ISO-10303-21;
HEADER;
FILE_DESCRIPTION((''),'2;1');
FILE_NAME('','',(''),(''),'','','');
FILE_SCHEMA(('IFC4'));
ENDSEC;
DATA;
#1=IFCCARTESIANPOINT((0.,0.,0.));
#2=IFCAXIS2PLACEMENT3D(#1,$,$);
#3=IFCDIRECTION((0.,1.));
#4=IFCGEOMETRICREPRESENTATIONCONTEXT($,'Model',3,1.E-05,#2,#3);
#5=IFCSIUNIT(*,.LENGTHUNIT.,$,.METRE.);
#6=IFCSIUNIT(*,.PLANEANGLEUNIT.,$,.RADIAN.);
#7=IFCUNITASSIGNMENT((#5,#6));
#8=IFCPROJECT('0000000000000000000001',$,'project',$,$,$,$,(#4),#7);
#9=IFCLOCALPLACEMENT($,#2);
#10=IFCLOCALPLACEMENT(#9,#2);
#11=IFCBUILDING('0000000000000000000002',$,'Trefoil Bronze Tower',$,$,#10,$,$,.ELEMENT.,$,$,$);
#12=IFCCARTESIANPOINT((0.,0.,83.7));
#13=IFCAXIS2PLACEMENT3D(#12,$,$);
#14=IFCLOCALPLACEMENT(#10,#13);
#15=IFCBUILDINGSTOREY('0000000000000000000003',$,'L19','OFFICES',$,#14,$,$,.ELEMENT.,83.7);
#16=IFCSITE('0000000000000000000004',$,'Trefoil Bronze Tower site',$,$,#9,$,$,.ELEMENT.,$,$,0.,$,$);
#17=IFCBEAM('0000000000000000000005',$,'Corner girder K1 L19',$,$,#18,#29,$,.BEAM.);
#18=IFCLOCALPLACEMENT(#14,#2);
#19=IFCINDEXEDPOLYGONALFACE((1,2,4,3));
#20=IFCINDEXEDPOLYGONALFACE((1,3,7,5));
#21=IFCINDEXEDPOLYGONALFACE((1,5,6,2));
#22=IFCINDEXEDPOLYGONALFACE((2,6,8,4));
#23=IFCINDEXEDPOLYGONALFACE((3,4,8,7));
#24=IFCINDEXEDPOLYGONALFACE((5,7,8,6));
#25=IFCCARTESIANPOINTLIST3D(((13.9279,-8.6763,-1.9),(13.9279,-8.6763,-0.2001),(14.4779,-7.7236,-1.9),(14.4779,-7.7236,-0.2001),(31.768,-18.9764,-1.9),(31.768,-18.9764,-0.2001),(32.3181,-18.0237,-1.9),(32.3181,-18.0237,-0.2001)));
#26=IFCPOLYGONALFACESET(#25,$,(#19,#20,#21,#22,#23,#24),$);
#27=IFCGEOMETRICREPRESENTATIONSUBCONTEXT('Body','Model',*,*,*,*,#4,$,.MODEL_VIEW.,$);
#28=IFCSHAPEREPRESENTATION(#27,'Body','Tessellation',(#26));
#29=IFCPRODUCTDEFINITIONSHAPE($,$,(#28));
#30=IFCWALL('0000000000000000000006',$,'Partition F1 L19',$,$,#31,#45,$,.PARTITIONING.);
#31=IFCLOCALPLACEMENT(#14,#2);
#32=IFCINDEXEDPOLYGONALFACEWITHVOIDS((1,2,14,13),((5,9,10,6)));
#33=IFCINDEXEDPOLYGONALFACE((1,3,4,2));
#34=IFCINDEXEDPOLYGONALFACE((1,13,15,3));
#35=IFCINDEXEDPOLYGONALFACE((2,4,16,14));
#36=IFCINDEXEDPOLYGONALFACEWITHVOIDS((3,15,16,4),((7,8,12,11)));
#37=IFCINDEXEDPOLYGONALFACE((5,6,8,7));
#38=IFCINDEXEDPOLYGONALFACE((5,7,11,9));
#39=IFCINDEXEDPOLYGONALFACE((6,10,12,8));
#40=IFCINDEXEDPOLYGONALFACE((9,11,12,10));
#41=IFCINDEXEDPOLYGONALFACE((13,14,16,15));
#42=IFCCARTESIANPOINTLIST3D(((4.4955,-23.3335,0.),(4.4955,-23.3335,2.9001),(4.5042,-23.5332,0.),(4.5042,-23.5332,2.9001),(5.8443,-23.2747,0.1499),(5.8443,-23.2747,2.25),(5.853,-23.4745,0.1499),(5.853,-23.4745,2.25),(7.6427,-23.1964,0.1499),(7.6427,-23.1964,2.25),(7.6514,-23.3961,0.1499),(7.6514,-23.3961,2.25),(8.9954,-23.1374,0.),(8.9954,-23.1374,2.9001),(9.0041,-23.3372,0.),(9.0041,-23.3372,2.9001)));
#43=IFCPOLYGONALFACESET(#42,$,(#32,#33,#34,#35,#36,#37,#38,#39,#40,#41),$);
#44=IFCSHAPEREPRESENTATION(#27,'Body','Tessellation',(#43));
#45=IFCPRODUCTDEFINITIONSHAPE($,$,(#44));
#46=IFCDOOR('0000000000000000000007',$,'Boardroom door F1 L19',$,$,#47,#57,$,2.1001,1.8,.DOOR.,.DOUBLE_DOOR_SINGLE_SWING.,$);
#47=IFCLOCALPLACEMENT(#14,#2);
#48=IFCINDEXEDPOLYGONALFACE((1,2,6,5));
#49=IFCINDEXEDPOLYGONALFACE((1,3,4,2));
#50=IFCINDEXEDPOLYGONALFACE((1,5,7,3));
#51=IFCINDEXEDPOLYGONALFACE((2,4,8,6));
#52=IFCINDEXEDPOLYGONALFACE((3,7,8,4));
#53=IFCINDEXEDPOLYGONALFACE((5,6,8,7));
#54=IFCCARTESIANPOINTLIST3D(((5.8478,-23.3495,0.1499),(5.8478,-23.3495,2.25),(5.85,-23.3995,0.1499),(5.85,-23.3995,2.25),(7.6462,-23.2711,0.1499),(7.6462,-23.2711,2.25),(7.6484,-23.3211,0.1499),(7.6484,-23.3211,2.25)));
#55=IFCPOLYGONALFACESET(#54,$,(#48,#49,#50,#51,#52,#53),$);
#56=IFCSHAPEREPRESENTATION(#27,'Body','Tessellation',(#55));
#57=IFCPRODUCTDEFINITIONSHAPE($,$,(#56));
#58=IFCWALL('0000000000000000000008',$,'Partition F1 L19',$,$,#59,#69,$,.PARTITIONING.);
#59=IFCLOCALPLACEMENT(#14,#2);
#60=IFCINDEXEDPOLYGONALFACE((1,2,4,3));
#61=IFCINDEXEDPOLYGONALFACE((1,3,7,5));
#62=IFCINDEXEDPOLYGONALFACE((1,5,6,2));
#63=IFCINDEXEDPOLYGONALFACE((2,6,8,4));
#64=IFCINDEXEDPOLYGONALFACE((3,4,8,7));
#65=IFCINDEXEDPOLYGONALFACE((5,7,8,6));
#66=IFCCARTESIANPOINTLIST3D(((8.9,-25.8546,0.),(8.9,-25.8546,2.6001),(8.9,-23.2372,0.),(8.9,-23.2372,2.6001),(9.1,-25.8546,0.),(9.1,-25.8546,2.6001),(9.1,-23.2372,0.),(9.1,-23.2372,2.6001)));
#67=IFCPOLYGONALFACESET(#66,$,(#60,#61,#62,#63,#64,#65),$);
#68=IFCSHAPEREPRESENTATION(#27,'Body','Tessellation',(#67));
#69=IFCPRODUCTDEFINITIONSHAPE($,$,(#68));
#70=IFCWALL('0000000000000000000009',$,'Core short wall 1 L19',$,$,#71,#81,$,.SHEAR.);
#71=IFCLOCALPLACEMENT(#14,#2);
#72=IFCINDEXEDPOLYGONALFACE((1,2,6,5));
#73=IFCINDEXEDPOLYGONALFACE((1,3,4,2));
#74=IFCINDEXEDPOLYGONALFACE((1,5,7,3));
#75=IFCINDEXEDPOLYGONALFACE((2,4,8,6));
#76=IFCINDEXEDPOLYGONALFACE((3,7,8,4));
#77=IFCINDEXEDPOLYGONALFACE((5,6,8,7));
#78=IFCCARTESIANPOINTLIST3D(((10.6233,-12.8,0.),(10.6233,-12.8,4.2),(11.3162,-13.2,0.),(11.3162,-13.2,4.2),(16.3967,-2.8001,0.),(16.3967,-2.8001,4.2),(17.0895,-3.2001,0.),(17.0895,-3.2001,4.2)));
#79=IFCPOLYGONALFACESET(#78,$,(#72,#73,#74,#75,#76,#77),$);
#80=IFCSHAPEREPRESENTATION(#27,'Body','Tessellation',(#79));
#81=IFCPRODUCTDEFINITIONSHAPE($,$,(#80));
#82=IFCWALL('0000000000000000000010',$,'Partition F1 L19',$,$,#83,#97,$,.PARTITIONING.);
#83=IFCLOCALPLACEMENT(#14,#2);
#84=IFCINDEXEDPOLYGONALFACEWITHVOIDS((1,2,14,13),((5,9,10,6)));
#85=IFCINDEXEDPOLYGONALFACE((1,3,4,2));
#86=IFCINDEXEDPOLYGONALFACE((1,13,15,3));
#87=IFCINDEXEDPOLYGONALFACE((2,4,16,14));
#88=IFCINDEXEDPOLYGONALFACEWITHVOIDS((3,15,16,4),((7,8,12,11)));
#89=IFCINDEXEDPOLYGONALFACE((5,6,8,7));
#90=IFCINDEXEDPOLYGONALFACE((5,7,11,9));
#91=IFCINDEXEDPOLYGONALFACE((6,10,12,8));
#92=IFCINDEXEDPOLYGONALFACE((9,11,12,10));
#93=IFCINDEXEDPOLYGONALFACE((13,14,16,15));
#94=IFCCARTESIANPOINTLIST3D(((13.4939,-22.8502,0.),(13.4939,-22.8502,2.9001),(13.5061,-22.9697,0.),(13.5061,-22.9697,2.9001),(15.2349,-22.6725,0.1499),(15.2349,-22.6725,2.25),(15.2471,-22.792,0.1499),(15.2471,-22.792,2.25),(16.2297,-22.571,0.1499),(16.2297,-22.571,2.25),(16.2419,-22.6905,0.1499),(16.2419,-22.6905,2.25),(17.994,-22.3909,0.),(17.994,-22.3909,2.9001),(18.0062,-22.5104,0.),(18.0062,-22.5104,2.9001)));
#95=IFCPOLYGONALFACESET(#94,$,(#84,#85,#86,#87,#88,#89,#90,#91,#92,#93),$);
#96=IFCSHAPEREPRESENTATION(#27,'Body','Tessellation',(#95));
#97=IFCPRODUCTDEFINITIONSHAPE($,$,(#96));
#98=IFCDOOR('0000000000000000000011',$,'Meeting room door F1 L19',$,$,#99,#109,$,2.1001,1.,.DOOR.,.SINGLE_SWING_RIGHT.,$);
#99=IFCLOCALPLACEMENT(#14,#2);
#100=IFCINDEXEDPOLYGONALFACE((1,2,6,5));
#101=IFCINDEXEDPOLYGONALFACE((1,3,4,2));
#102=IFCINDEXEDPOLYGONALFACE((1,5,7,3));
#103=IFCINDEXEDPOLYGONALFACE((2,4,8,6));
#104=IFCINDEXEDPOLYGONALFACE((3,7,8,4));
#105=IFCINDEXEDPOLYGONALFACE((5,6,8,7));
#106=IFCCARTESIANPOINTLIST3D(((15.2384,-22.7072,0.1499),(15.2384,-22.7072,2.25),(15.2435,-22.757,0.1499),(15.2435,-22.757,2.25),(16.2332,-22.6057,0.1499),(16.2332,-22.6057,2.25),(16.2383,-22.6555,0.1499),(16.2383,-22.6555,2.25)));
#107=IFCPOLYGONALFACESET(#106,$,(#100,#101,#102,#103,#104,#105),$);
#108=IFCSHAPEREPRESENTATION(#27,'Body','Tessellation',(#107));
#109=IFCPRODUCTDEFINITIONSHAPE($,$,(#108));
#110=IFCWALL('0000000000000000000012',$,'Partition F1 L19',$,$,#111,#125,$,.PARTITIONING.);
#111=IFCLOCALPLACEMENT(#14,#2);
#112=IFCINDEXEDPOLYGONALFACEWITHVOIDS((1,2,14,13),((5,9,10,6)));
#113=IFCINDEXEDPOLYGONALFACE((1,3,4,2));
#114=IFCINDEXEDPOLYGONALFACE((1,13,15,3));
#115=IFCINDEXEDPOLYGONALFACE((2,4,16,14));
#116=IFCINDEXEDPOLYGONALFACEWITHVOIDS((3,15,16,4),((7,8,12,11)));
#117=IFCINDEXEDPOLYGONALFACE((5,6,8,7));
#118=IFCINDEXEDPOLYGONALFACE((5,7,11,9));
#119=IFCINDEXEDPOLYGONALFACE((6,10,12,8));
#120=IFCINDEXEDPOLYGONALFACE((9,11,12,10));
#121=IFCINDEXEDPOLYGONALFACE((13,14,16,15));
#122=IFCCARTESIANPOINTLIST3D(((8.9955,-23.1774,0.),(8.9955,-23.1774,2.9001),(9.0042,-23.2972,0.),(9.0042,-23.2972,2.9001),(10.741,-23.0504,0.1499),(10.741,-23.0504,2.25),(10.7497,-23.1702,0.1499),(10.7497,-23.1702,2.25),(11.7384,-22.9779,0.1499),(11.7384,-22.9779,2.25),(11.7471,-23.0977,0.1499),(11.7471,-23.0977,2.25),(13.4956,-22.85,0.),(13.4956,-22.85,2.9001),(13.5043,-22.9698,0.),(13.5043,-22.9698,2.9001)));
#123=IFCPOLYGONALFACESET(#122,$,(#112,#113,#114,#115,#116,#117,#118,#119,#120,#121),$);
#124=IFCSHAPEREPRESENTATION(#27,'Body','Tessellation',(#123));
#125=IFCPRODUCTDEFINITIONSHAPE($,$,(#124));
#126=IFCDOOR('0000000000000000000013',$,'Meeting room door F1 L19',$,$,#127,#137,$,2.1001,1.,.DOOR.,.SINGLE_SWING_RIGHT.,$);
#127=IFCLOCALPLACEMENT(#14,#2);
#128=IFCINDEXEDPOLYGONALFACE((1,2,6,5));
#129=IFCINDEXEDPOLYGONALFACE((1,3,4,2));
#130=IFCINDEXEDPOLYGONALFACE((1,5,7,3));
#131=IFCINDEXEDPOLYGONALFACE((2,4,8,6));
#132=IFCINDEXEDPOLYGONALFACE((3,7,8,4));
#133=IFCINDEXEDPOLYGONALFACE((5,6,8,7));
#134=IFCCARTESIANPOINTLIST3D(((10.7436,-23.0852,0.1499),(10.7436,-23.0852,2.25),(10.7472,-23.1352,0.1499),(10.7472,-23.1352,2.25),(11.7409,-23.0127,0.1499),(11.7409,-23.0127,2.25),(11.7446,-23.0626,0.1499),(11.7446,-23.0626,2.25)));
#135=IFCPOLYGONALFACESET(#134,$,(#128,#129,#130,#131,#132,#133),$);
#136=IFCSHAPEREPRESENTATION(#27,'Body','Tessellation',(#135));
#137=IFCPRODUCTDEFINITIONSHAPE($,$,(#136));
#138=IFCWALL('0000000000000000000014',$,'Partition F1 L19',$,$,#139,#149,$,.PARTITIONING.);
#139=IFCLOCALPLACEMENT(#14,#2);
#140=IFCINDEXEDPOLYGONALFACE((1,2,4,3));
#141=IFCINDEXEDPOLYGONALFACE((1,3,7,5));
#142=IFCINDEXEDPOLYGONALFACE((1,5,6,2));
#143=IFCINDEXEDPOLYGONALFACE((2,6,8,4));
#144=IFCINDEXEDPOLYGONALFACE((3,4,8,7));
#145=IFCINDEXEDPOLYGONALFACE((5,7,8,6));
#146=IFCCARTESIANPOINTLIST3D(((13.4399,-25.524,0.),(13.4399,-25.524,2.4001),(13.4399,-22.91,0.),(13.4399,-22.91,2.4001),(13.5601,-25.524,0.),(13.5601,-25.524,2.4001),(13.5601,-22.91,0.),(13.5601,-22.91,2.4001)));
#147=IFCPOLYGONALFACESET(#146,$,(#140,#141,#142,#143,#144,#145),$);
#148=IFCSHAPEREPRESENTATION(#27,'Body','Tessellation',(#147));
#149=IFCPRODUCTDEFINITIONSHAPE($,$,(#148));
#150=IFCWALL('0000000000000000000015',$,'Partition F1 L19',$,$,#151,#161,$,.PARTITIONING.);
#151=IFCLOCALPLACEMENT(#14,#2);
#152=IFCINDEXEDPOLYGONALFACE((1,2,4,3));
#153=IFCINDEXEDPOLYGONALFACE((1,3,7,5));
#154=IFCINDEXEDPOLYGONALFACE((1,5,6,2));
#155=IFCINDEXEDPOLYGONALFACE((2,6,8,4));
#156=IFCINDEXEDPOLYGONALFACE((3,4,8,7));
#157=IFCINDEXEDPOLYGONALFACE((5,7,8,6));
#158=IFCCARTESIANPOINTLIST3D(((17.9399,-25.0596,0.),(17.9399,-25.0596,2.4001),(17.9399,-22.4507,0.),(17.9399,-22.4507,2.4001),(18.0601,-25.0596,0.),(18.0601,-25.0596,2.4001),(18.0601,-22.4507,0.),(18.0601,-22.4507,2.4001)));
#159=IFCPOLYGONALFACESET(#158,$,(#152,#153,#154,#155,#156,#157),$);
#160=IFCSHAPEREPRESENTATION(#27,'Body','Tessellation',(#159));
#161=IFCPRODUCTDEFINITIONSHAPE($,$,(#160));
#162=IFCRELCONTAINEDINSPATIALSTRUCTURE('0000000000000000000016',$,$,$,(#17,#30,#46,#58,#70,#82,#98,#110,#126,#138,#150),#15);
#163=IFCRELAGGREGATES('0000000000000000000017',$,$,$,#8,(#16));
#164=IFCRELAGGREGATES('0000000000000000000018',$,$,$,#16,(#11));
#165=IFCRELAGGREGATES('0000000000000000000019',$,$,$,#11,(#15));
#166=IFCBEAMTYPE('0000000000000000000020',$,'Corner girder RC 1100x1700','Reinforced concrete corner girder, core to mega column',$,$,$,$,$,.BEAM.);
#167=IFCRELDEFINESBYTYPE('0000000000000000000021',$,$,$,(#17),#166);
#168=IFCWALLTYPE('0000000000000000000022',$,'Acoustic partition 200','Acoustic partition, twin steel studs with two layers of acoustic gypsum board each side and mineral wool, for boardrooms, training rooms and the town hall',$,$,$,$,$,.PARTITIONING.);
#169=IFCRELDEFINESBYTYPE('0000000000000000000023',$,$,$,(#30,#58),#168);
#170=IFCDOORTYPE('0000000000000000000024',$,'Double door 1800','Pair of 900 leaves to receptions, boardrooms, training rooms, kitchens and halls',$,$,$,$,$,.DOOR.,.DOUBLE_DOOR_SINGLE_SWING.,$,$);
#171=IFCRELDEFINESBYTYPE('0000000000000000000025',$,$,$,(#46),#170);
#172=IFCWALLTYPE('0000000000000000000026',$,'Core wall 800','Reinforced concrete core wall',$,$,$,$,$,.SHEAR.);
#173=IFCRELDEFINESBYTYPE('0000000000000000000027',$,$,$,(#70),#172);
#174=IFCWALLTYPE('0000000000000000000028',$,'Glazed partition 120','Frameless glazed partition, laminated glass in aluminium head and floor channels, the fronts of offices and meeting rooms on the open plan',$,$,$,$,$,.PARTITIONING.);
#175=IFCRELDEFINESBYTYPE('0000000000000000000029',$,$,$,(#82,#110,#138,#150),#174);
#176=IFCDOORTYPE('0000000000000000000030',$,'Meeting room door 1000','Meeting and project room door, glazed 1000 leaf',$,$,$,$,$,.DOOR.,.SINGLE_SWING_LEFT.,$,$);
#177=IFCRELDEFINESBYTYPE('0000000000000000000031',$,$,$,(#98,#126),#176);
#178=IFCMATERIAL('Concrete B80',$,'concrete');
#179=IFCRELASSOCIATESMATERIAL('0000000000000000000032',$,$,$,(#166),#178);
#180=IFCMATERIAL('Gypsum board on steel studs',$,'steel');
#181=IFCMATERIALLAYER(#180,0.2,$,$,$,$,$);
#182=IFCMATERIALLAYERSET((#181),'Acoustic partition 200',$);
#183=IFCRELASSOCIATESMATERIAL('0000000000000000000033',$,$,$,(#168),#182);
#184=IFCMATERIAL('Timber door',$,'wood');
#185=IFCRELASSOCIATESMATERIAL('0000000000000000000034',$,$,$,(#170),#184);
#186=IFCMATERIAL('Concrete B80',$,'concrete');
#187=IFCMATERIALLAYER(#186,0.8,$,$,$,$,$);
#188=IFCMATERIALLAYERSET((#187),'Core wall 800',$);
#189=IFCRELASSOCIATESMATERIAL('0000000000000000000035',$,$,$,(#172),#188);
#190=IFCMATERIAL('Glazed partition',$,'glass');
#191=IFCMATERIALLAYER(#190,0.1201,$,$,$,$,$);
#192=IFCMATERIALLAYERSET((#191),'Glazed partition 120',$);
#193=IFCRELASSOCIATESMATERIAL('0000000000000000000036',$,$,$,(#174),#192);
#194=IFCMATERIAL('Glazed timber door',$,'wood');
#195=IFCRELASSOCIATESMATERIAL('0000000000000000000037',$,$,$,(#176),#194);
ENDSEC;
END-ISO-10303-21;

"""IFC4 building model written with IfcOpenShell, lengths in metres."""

from ifc_helpers import new_model, si_unit, direction, frame, frame_2d, origin, origin_2d, place, context, subcontext, project, spatial, rectangle, extrude, material, layer, layer_set, material_profile, profile_set, type_object, element, fill, save


model = new_model("IFC4")

# Units and contexts
model_context = context("Model", 3, precision=1e-05, world=origin(), true_north=direction((0.0, 1.0)))
body_context = subcontext(model_context, "Body", "Model", "MODEL_VIEW")
ifc_project = project(units=[si_unit("LENGTHUNIT", "METRE"), si_unit("PLANEANGLEUNIT", "RADIAN")], contexts=[model_context])

# Site, building, storey
site_placement = place(None, origin())
site = spatial("IfcSite", under=ifc_project, at=site_placement, Name="Trefoil Bronze Tower site", CompositionType="ELEMENT", RefElevation=0.0)
building_placement = place(site_placement, origin())
building = spatial("IfcBuilding", under=site, at=building_placement, Name="Trefoil Bronze Tower", CompositionType="ELEMENT")
storey_placement = place(building_placement, frame((0.0, 0.0, 83.7)))
storey = spatial("IfcBuildingStorey", under=building, at=storey_placement, Name="L19", Description="OFFICES", CompositionType="ELEMENT", Elevation=83.7)

# Beam
ifc_material_1 = material(Name="Concrete B80", Category="concrete")
ifc_material_profile_1 = material_profile(ifc_material_1, rectangle(XDim=1.1001, YDim=1.7, at=origin_2d()), Name="RC 1100x1700")
ifc_profile_set_1 = profile_set([ifc_material_profile_1], Name="Concrete B80")
beam_type_1 = type_object("IfcBeamType", Name="Corner girder RC 1100x1700", Description="Reinforced concrete corner girder, core to mega column", PredefinedType="BEAM", material=ifc_profile_set_1)
beam_placement = place(storey_placement, frame((14.2029, -8.2, -1.05), z_axis=(0.866024, -0.500003, 0.0), x_axis=(0.500003, 0.866024, 0.0)))
element("IfcBeam", 1, at=beam_placement, inside=storey, type_object=beam_type_1, Name="Corner girder K1 L19", PredefinedType="BEAM", context=body_context, shape_type="SweptSolid", body=[
    extrude(rectangle(XDim=1.1001, YDim=1.7, at=origin_2d()), origin(), (0.0, 0.0, 1.0), 20.6001),
])

# Wall, opening, door
ifc_material_2 = material(Name="Gypsum board on steel studs", Category="steel")
ifc_layer_1 = layer(ifc_material_2, 0.2)
ifc_layer_set_1 = layer_set([ifc_layer_1], Name="Acoustic partition 200")
wall_type_1 = type_object("IfcWallType", Name="Acoustic partition 200", Description="Acoustic partition, twin steel studs with two layers of acoustic gypsum board each side and mineral wool, for boardrooms, training rooms and the town hall", PredefinedType="PARTITIONING", material=ifc_layer_set_1)
wall_1_placement = place(storey_placement, frame((4.5, -23.4333, 0.0), z_axis=(0.0, 0.0, 1.0), x_axis=(0.999052, 0.043524, 0.0)))
wall_1 = element("IfcWall", 2, at=wall_1_placement, inside=storey, type_object=wall_type_1, Name="Partition F1 L19", PredefinedType="PARTITIONING", context=body_context, shape_type="SweptSolid", body=[
    extrude(rectangle(XDim=4.5042, YDim=0.2, at=frame_2d((2.252, 0.0))), origin(), (0.0, 0.0, 1.0), 2.9001),
])
opening_1_placement = place(wall_1_placement, frame((1.3501, 0.0, 0.1499)))
opening_1 = element("IfcOpeningElement", 3, at=opening_1_placement, cuts=wall_1, PredefinedType="OPENING", context=body_context, shape_type="SweptSolid", body=[
    extrude(rectangle(XDim=1.8, YDim=2.1001, at=frame_2d((0.8999, 1.05))), frame((0.0, 0.1099, 0.0), z_axis=(0.0, -1.0, 0.0), x_axis=(1.0, 0.0, 0.0)), (0.0, 0.0, 1.0), 0.22),
])
ifc_material_3 = material(Name="Timber door", Category="wood")
door_type_1 = type_object("IfcDoorType", Name="Double door 1800", Description="Pair of 900 leaves to receptions, boardrooms, training rooms, kitchens and halls", OperationType="DOUBLE_DOOR_SINGLE_SWING", PredefinedType="DOOR", material=ifc_material_3)
door_1_placement = place(opening_1_placement, frame((1.8, 0.0, 0.0), z_axis=(0.0, 0.0, 1.0), x_axis=(-1.0, 0.0, 0.0)))
door_1 = element("IfcDoor", 4, at=door_1_placement, inside=storey, type_object=door_type_1, Name="Boardroom door F1 L19", OperationType="DOUBLE_DOOR_SINGLE_SWING", OverallHeight=2.1001, OverallWidth=1.8, PredefinedType="DOOR", context=body_context, shape_type="SweptSolid", body=[
    extrude(rectangle(XDim=1.8, YDim=2.1001, at=frame_2d((0.8999, 1.05))), frame((0.0, 0.0249, 0.0), z_axis=(0.0, -1.0, 0.0), x_axis=(1.0, 0.0, 0.0)), (0.0, 0.0, 1.0), 0.05),
])
fill(opening_1, door_1)

# Walls
wall_2_placement = place(storey_placement, frame((9.0, -23.2373, 0.0), z_axis=(0.0, 0.0, 1.0), x_axis=(0.0, -1.0, 0.0)))
element("IfcWall", 5, at=wall_2_placement, inside=storey, type_object=wall_type_1, Name="Partition F1 L19", PredefinedType="PARTITIONING", context=body_context, shape_type="SweptSolid", body=[
    extrude(rectangle(XDim=2.6174, YDim=0.2, at=frame_2d((1.3086, 0.0))), origin(), (0.0, 0.0, 1.0), 2.6001),
])
ifc_material_4 = material(Name="Concrete B80", Category="concrete")
ifc_layer_2 = layer(ifc_material_4, 0.8)
ifc_layer_set_2 = layer_set([ifc_layer_2], Name="Core wall 800")
wall_type_2 = type_object("IfcWallType", Name="Core wall 800", Description="Reinforced concrete core wall", PredefinedType="SHEAR", material=ifc_layer_set_2)
wall_3_placement = place(storey_placement, frame((10.9697, -13.0, 0.0), z_axis=(0.0, 0.0, 1.0), x_axis=(0.499996, 0.866028, 0.0)))
element("IfcWall", 6, at=wall_3_placement, inside=storey, type_object=wall_type_2, Name="Core short wall 1 L19", PredefinedType="SHEAR", context=body_context, shape_type="SweptSolid", body=[
    extrude(rectangle(XDim=11.5469, YDim=0.8, at=frame_2d((5.7734, 0.0))), origin(), (0.0, 0.0, 1.0), 4.2),
])

# Walls, openings, doors
ifc_material_5 = material(Name="Glazed partition", Category="glass")
ifc_layer_3 = layer(ifc_material_5, 0.1201)
ifc_layer_set_3 = layer_set([ifc_layer_3], Name="Glazed partition 120")
wall_type_3 = type_object("IfcWallType", Name="Glazed partition 120", Description="Frameless glazed partition, laminated glass in aluminium head and floor channels, the fronts of offices and meeting rooms on the open plan", PredefinedType="PARTITIONING", material=ifc_layer_set_3)
wall_4_placement = place(storey_placement, frame((13.5, -22.9099, 0.0), z_axis=(0.0, 0.0, 1.0), x_axis=(0.994833, 0.101523, 0.0)))
wall_4 = element("IfcWall", 7, at=wall_4_placement, inside=storey, type_object=wall_type_3, Name="Partition F1 L19", PredefinedType="PARTITIONING", context=body_context, shape_type="SweptSolid", body=[
    extrude(rectangle(XDim=4.5234, YDim=0.1201, at=frame_2d((2.2617, 0.0))), origin(), (0.0, 0.0, 1.0), 2.9001),
])
opening_2_placement = place(wall_4_placement, frame((1.75, 0.0, 0.1499)))
opening_2 = element("IfcOpeningElement", 8, at=opening_2_placement, cuts=wall_4, PredefinedType="OPENING", context=body_context, shape_type="SweptSolid", body=[
    extrude(rectangle(XDim=1.0, YDim=2.1001, at=frame_2d((0.5, 1.05))), frame((0.0, 0.0701, 0.0), z_axis=(0.0, -1.0, 0.0), x_axis=(1.0, 0.0, 0.0)), (0.0, 0.0, 1.0), 0.1401),
])
ifc_material_6 = material(Name="Glazed timber door", Category="wood")
door_type_2 = type_object("IfcDoorType", Name="Meeting room door 1000", Description="Meeting and project room door, glazed 1000 leaf", OperationType="SINGLE_SWING_LEFT", PredefinedType="DOOR", material=ifc_material_6)
door_2_placement = place(opening_2_placement, frame((1.0, 0.0, 0.0), z_axis=(0.0, 0.0, 1.0), x_axis=(-1.0, 0.0, 0.0)))
door_2 = element("IfcDoor", 9, at=door_2_placement, inside=storey, type_object=door_type_2, Name="Meeting room door F1 L19", OperationType="SINGLE_SWING_RIGHT", OverallHeight=2.1001, OverallWidth=1.0, PredefinedType="DOOR", context=body_context, shape_type="SweptSolid", body=[
    extrude(rectangle(XDim=1.0, YDim=2.1001, at=frame_2d((0.5, 1.05))), frame((0.0, 0.0249, 0.0), z_axis=(0.0, -1.0, 0.0), x_axis=(1.0, 0.0, 0.0)), (0.0, 0.0, 1.0), 0.05),
])
fill(opening_2, door_2)
wall_5_placement = place(storey_placement, frame((9.0, -23.2373, 0.0), z_axis=(0.0, 0.0, 1.0), x_axis=(0.997364, 0.072562, 0.0)))
wall_5 = element("IfcWall", 10, at=wall_5_placement, inside=storey, type_object=wall_type_3, Name="Partition F1 L19", PredefinedType="PARTITIONING", context=body_context, shape_type="SweptSolid", body=[
    extrude(rectangle(XDim=4.512, YDim=0.1201, at=frame_2d((2.2559, 0.0))), origin(), (0.0, 0.0, 1.0), 2.9001),
])
opening_3_placement = place(wall_5_placement, frame((1.75, 0.0, 0.1499)))
opening_3 = element("IfcOpeningElement", 11, at=opening_3_placement, cuts=wall_5, PredefinedType="OPENING", context=body_context, shape_type="SweptSolid", body=[
    extrude(rectangle(XDim=1.0, YDim=2.1001, at=frame_2d((0.5, 1.05))), frame((0.0, 0.0701, 0.0), z_axis=(0.0, -1.0, 0.0), x_axis=(1.0, 0.0, 0.0)), (0.0, 0.0, 1.0), 0.1401),
])
door_3_placement = place(opening_3_placement, frame((1.0, 0.0, 0.0), z_axis=(0.0, 0.0, 1.0), x_axis=(-1.0, 0.0, 0.0)))
door_3 = element("IfcDoor", 12, at=door_3_placement, inside=storey, type_object=door_type_2, Name="Meeting room door F1 L19", OperationType="SINGLE_SWING_RIGHT", OverallHeight=2.1001, OverallWidth=1.0, PredefinedType="DOOR", context=body_context, shape_type="SweptSolid", body=[
    extrude(rectangle(XDim=1.0, YDim=2.1001, at=frame_2d((0.5, 1.05))), frame((0.0, 0.0249, 0.0), z_axis=(0.0, -1.0, 0.0), x_axis=(1.0, 0.0, 0.0)), (0.0, 0.0, 1.0), 0.05),
])
fill(opening_3, door_3)

# Walls
wall_6_placement = place(storey_placement, frame((13.5, -22.9099, 0.0), z_axis=(0.0, 0.0, 1.0), x_axis=(0.0, -1.0, 0.0)))
element("IfcWall", 13, at=wall_6_placement, inside=storey, type_object=wall_type_3, Name="Partition F1 L19", PredefinedType="PARTITIONING", context=body_context, shape_type="SweptSolid", body=[
    extrude(rectangle(XDim=2.614, YDim=0.1201, at=frame_2d((1.3071, 0.0))), origin(), (0.0, 0.0, 1.0), 2.4001),
])
wall_7_placement = place(storey_placement, frame((18.0, -22.4507, 0.0), z_axis=(0.0, 0.0, 1.0), x_axis=(0.0, -1.0, 0.0)))
element("IfcWall", 14, at=wall_7_placement, inside=storey, type_object=wall_type_3, Name="Partition F1 L19", PredefinedType="PARTITIONING", context=body_context, shape_type="SweptSolid", body=[
    extrude(rectangle(XDim=2.6089, YDim=0.1201, at=frame_2d((1.3044, 0.0))), origin(), (0.0, 0.0, 1.0), 2.4001),
])

save(model, "model.ifc")
